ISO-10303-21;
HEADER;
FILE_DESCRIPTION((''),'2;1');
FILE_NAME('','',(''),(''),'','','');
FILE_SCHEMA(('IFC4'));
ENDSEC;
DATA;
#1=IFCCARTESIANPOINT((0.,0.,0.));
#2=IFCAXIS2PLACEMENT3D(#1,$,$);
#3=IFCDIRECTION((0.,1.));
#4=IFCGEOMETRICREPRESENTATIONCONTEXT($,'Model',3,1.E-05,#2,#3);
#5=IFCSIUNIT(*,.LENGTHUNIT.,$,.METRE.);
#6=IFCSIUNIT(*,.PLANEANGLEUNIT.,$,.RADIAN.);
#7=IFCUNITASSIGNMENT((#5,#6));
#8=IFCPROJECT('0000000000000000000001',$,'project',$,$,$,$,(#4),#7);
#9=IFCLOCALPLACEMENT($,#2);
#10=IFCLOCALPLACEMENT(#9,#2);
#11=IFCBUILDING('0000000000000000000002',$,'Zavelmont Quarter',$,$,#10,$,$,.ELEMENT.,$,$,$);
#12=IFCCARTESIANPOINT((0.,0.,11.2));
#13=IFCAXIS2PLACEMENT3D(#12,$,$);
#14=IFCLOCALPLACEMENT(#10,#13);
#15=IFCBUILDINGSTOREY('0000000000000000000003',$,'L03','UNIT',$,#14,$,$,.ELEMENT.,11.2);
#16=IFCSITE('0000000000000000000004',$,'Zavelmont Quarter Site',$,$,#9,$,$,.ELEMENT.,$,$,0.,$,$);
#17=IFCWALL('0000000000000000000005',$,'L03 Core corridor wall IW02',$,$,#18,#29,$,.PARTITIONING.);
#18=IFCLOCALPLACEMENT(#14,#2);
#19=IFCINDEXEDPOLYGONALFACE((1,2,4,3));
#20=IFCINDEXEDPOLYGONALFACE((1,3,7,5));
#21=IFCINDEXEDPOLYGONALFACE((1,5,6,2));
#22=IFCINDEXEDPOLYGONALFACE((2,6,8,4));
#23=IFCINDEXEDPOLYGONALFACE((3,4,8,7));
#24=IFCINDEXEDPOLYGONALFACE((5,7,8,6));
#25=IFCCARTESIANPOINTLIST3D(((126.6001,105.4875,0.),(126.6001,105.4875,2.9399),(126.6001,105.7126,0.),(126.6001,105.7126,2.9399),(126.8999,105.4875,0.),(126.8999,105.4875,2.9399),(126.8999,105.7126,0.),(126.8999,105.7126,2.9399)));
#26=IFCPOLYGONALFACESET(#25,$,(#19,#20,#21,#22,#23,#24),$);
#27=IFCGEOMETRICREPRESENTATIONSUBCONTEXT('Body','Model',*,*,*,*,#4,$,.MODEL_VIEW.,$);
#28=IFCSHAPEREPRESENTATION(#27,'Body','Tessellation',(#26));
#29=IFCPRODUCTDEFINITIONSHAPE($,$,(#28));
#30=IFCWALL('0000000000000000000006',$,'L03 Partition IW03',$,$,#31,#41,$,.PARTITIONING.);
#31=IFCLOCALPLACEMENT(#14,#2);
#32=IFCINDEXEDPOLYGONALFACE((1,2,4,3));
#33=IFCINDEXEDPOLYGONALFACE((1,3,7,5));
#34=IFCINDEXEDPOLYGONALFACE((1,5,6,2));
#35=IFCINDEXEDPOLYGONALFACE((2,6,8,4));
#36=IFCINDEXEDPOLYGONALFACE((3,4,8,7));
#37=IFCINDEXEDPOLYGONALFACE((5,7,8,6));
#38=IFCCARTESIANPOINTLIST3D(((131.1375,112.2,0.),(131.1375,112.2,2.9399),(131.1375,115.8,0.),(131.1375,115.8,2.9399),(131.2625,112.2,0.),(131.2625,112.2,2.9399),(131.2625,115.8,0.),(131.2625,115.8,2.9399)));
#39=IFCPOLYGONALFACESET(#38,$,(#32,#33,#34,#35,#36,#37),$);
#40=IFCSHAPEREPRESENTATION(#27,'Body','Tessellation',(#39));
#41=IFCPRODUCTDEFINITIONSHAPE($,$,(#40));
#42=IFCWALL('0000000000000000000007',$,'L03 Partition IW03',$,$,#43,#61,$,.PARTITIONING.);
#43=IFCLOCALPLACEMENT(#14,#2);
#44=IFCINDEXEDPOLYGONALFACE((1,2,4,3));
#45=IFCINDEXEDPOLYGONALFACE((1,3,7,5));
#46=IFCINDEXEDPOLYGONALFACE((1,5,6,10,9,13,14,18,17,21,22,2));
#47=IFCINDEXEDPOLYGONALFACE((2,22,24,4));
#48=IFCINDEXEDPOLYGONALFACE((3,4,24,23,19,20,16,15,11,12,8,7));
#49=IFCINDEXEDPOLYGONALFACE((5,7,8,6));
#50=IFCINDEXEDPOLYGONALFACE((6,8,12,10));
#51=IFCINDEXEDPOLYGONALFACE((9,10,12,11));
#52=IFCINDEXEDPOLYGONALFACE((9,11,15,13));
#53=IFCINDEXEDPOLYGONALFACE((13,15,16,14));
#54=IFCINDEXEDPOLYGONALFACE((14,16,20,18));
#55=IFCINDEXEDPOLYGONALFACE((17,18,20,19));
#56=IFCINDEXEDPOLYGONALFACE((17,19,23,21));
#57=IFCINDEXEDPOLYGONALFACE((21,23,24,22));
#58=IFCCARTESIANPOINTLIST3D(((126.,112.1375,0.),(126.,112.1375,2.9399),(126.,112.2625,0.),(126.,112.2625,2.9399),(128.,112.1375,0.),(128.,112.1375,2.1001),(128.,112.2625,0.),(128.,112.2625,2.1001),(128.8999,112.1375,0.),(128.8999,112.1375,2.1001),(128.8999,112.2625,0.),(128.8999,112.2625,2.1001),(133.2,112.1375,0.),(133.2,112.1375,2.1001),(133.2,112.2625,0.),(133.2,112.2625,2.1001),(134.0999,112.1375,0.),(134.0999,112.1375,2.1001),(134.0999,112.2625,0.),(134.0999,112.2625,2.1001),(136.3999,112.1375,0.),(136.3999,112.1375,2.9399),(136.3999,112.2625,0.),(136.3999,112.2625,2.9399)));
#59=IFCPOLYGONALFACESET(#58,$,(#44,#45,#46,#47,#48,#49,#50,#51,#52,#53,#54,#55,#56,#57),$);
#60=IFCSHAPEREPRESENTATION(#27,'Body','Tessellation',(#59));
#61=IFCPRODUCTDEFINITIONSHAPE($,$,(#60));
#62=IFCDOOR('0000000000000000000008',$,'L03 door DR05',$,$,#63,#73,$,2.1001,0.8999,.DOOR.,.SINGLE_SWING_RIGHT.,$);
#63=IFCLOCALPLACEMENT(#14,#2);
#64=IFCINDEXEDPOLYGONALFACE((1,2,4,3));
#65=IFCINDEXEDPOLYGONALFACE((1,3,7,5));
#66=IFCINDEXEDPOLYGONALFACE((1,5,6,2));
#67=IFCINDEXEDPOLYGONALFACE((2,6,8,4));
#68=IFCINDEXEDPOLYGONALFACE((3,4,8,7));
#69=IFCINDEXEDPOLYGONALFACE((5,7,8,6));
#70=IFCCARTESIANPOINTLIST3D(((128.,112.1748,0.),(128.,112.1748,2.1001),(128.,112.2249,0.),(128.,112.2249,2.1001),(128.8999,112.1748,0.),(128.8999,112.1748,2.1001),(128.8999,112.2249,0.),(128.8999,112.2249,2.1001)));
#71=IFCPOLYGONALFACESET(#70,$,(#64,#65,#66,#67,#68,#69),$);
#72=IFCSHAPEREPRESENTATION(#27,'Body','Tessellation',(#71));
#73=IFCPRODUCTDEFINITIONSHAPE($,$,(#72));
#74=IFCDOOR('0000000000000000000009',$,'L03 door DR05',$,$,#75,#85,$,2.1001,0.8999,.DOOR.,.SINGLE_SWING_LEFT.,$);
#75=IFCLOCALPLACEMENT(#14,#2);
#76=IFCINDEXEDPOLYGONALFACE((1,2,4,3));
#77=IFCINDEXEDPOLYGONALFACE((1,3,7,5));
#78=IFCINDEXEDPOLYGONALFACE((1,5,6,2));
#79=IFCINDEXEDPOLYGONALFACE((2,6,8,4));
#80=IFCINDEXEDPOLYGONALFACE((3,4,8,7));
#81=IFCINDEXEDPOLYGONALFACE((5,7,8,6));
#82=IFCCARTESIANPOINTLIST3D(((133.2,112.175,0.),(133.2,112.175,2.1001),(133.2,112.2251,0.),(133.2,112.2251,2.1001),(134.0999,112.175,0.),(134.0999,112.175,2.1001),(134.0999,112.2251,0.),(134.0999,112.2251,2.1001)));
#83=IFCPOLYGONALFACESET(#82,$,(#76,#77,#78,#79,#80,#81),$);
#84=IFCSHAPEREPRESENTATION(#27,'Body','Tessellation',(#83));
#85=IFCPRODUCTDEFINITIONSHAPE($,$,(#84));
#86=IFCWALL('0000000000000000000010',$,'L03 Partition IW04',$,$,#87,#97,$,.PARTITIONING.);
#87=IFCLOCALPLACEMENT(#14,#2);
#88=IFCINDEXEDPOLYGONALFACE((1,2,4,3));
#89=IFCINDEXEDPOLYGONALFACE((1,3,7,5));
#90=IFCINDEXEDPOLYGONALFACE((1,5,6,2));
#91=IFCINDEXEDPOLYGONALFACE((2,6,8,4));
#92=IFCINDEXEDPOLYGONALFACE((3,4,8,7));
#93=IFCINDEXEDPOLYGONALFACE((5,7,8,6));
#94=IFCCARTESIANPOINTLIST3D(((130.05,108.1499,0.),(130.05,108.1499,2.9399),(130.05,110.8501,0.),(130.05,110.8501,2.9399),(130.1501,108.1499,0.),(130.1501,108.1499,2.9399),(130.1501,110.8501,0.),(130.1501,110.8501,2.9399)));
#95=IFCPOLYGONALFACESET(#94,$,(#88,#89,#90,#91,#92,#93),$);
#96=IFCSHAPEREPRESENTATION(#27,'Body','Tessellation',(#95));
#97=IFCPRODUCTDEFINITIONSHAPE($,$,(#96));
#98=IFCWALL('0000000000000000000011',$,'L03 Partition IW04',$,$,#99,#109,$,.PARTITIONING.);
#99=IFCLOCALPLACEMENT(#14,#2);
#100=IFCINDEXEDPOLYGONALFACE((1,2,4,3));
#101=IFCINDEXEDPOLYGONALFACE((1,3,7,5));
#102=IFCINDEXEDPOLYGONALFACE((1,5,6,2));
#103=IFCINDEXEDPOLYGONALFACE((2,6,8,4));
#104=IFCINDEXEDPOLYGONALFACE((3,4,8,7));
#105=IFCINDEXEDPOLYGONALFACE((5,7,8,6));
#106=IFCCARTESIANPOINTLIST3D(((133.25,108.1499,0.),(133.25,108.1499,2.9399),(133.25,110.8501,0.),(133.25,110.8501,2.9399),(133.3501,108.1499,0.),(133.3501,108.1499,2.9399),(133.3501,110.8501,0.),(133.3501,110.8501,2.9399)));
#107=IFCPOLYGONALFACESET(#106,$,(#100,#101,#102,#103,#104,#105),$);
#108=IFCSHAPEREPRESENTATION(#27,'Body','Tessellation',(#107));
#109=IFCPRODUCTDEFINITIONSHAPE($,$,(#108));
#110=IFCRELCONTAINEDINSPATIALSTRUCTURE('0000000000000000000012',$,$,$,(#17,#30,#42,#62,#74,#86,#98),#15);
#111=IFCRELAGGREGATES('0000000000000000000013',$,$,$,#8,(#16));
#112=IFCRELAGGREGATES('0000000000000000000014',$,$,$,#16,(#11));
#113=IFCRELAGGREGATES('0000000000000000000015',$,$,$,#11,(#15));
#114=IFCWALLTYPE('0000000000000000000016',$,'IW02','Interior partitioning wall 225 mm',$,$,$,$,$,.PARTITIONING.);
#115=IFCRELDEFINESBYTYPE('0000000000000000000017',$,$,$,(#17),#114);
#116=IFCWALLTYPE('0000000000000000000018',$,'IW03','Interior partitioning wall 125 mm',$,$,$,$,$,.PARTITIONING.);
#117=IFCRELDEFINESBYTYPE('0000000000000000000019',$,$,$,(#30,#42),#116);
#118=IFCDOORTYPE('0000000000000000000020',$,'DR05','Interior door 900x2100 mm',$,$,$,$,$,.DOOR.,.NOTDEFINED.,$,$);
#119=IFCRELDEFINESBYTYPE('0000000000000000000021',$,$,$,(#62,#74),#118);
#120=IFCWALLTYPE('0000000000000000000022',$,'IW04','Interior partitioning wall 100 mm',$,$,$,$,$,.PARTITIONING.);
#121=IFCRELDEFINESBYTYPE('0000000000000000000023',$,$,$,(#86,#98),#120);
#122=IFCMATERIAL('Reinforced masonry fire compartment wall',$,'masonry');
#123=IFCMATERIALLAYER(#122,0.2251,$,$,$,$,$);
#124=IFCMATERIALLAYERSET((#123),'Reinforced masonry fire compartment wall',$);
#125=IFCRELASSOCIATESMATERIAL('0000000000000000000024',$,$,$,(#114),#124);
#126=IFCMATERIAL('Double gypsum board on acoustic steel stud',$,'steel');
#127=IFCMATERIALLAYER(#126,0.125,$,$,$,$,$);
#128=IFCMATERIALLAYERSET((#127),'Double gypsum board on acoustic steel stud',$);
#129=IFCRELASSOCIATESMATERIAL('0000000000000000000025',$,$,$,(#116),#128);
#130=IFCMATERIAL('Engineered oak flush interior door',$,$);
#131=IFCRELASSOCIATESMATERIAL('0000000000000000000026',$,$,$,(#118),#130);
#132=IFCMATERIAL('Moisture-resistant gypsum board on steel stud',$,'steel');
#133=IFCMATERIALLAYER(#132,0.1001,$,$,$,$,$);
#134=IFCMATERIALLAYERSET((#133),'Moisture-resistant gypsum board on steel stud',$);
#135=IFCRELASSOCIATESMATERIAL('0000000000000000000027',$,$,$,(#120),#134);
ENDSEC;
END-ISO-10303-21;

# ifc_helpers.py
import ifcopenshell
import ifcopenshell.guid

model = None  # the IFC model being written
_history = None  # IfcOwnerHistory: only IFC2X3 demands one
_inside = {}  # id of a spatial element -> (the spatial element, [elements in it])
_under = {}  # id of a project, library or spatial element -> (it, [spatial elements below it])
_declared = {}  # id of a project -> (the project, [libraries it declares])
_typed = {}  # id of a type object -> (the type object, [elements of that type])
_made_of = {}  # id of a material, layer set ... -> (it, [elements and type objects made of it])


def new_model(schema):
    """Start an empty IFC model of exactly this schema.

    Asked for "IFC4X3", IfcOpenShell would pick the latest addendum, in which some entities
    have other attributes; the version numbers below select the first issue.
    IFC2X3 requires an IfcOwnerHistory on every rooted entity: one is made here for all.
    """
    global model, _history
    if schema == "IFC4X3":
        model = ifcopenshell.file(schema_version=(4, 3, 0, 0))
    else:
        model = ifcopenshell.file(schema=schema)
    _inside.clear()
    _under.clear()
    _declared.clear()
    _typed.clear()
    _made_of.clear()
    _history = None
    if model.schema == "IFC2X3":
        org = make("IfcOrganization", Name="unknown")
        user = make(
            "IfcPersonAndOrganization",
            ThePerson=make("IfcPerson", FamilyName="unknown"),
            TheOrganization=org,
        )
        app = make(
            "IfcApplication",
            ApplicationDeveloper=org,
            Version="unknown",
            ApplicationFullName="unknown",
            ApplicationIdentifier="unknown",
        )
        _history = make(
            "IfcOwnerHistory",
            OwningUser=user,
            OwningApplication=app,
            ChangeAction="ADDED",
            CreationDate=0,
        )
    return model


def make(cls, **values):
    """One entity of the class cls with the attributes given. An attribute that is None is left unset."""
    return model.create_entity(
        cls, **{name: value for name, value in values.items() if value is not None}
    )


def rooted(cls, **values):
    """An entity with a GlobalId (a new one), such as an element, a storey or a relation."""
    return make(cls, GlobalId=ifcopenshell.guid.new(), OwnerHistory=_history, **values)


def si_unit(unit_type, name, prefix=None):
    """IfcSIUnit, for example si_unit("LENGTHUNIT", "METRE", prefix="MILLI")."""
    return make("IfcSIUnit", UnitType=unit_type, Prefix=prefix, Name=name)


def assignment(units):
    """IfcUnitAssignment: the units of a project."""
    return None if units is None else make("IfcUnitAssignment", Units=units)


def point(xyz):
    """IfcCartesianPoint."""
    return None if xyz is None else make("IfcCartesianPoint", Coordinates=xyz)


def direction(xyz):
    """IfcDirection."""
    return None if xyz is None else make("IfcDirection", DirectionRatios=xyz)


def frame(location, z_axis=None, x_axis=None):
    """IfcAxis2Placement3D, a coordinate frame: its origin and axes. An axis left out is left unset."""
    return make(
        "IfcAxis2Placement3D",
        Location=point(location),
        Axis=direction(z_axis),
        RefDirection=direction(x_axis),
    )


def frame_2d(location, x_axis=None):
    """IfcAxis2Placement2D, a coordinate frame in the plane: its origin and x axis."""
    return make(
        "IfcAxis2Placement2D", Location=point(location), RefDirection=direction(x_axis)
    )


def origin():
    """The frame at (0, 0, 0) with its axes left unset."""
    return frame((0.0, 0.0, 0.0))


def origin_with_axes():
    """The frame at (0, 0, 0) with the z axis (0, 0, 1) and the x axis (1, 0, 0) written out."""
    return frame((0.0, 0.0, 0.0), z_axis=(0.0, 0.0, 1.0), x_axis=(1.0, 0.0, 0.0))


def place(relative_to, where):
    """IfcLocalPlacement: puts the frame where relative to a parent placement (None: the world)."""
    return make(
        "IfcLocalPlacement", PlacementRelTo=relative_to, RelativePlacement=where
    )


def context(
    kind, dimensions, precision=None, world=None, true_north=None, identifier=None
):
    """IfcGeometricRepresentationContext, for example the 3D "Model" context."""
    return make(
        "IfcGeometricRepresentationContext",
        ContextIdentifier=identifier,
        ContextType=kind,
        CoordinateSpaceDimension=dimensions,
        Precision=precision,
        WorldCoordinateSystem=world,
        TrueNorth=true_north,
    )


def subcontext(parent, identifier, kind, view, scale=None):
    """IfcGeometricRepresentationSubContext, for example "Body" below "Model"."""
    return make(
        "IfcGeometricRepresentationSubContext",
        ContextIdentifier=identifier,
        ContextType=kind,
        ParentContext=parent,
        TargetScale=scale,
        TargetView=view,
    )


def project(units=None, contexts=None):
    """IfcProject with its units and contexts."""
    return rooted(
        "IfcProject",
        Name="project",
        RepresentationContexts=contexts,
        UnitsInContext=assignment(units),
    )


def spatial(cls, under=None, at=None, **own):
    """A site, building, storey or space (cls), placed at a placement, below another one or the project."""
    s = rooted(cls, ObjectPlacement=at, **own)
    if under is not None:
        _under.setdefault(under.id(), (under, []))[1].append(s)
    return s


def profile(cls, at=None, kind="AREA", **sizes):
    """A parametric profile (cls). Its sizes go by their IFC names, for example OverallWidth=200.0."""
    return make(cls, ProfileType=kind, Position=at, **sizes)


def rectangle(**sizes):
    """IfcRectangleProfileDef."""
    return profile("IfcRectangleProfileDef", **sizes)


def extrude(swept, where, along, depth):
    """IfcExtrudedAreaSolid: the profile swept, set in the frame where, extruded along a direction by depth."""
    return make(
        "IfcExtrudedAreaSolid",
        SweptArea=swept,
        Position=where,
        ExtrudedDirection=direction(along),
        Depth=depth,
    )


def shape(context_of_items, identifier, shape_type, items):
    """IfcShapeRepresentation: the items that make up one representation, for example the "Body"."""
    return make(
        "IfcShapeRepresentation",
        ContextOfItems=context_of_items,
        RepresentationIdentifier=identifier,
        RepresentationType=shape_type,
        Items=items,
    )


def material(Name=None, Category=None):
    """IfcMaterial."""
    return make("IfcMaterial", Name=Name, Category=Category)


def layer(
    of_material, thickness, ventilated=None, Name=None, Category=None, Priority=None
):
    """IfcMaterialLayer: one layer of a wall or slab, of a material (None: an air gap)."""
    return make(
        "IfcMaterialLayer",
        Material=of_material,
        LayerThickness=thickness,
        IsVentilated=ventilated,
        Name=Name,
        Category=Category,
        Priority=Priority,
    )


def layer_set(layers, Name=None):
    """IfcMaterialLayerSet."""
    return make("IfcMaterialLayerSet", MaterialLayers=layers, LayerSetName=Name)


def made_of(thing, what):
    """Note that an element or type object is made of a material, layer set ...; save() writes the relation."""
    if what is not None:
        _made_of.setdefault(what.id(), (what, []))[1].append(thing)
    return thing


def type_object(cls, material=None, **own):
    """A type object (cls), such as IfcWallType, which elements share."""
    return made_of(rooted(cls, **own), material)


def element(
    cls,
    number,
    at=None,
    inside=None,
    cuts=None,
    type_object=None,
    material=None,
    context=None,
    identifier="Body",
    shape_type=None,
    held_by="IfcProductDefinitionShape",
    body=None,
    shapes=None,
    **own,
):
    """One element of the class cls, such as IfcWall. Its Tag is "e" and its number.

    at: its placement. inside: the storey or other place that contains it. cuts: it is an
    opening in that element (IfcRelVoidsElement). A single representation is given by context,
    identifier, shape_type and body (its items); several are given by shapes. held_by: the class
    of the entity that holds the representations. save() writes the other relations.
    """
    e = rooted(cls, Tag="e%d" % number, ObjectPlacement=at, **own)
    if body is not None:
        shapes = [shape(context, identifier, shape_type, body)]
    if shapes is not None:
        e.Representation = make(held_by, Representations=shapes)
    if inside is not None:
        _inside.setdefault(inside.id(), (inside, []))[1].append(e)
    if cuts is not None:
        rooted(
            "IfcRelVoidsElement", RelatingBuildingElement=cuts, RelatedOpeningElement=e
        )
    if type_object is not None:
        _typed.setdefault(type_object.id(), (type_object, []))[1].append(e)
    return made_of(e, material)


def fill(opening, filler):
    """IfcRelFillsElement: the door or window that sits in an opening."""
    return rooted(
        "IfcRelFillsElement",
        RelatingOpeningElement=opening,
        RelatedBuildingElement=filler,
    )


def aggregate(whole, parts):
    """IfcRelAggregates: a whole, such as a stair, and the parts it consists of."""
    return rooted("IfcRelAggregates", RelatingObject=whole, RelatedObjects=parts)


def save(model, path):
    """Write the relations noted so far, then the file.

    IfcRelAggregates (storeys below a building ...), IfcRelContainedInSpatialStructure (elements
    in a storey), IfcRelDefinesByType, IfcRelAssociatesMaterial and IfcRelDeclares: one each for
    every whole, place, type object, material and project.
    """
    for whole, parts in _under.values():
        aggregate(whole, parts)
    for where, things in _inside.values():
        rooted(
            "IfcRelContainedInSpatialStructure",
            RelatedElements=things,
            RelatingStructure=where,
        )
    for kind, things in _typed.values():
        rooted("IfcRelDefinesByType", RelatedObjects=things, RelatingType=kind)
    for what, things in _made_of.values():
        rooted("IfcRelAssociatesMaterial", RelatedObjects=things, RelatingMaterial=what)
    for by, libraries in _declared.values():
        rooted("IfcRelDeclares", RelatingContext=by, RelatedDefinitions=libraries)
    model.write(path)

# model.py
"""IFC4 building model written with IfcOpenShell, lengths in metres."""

from ifc_helpers import new_model, si_unit, direction, frame, frame_2d, origin, origin_with_axes, place, context, subcontext, project, spatial, rectangle, extrude, material, layer, layer_set, type_object, element, fill, save


model = new_model("IFC4")

# Units and contexts
model_context = context("Model", 3, precision=1e-05, world=origin(), true_north=direction((0.0, 1.0)))
body_context = subcontext(model_context, "Body", "Model", "MODEL_VIEW")
ifc_project = project(units=[si_unit("LENGTHUNIT", "METRE"), si_unit("PLANEANGLEUNIT", "RADIAN")], contexts=[model_context])

# Site, building, storey
site_placement = place(None, origin())
site = spatial("IfcSite", under=ifc_project, at=site_placement, Name="Zavelmont Quarter Site", CompositionType="ELEMENT", RefElevation=0.0)
building_placement = place(site_placement, origin())
building = spatial("IfcBuilding", under=site, at=building_placement, Name="Zavelmont Quarter", CompositionType="ELEMENT")
storey_placement = place(building_placement, frame((0.0, 0.0, 11.2)))
storey = spatial("IfcBuildingStorey", under=building, at=storey_placement, Name="L03", Description="UNIT", CompositionType="ELEMENT", Elevation=11.2)

# Wall
ifc_material_1 = material(Name="Reinforced masonry fire compartment wall", Category="masonry")
ifc_layer_1 = layer(ifc_material_1, 0.2251)
ifc_layer_set_1 = layer_set([ifc_layer_1], Name="Reinforced masonry fire compartment wall")
wall_type_1 = type_object("IfcWallType", Name="IW02", Description="Interior partitioning wall 225 mm", PredefinedType="PARTITIONING", material=ifc_layer_set_1)
wall_1_placement = place(storey_placement, frame((126.6001, 105.6001, 0.0), z_axis=(0.0, 0.0, 1.0), x_axis=(1.0, 0.0, 0.0)))
element("IfcWall", 1, at=wall_1_placement, inside=storey, type_object=wall_type_1, Name="L03 Core corridor wall IW02", PredefinedType="PARTITIONING", context=body_context, shape_type="SweptSolid", body=[
    extrude(rectangle(XDim=0.2998, YDim=0.2251, at=frame_2d((0.1499, 0.0))), origin(), (0.0, 0.0, 1.0), 2.9399),
])

# Wall
ifc_material_2 = material(Name="Double gypsum board on acoustic steel stud", Category="steel")
ifc_layer_2 = layer(ifc_material_2, 0.125)
ifc_layer_set_2 = layer_set([ifc_layer_2], Name="Double gypsum board on acoustic steel stud")
wall_type_2 = type_object("IfcWallType", Name="IW03", Description="Interior partitioning wall 125 mm", PredefinedType="PARTITIONING", material=ifc_layer_set_2)
wall_2_placement = place(storey_placement, frame((131.2, 112.2, 0.0), z_axis=(0.0, 0.0, 1.0), x_axis=(0.0, 1.0, 0.0)))
element("IfcWall", 2, at=wall_2_placement, inside=storey, type_object=wall_type_2, Name="L03 Partition IW03", PredefinedType="PARTITIONING", context=body_context, shape_type="SweptSolid", body=[
    extrude(rectangle(XDim=3.6001, YDim=0.125, at=frame_2d((1.8, 0.0))), origin(), (0.0, 0.0, 1.0), 2.9399),
])

# Wall, openings, doors
wall_3_placement = place(storey_placement, frame((126.0, 112.2, 0.0), z_axis=(0.0, 0.0, 1.0), x_axis=(1.0, 0.0, 0.0)))
wall_3 = element("IfcWall", 3, at=wall_3_placement, inside=storey, type_object=wall_type_2, Name="L03 Partition IW03", PredefinedType="PARTITIONING", context=body_context, shape_type="SweptSolid", body=[
    extrude(rectangle(XDim=10.3999, YDim=0.125, at=frame_2d((5.2, 0.0))), origin(), (0.0, 0.0, 1.0), 2.9399),
])
opening_1_placement = place(wall_3_placement, frame((2.0, 0.0, 0.0)))
opening_1 = element("IfcOpeningElement", 4, at=opening_1_placement, cuts=wall_3, PredefinedType="OPENING", context=body_context, shape_type="SweptSolid", body=[
    extrude(rectangle(XDim=0.8999, YDim=2.1001, at=frame_2d((0.45, 1.05))), frame((0.0, 0.0745, 0.0), z_axis=(0.0, -1.0, 0.0), x_axis=(1.0, 0.0, 0.0)), (0.0, 0.0, 1.0), 0.1489),
])
opening_2_placement = place(wall_3_placement, frame((7.2, 0.0, 0.0)))
opening_2 = element("IfcOpeningElement", 5, at=opening_2_placement, cuts=wall_3, PredefinedType="OPENING", context=body_context, shape_type="SweptSolid", body=[
    extrude(rectangle(XDim=0.8999, YDim=2.1001, at=frame_2d((0.45, 1.05))), frame((0.0, 0.0745, 0.0), z_axis=(0.0, -1.0, 0.0), x_axis=(1.0, 0.0, 0.0)), (0.0, 0.0, 1.0), 0.1489),
])
ifc_material_3 = material(Name="Engineered oak flush interior door")
door_type_1 = type_object("IfcDoorType", Name="DR05", Description="Interior door 900x2100 mm", OperationType="NOTDEFINED", PredefinedType="DOOR", material=ifc_material_3)
door_1_placement = place(opening_1_placement, origin_with_axes())
door_1 = element("IfcDoor", 6, at=door_1_placement, inside=storey, type_object=door_type_1, Name="L03 door DR05", OperationType="SINGLE_SWING_RIGHT", OverallHeight=2.1001, OverallWidth=0.8999, PredefinedType="DOOR", context=body_context, shape_type="SweptSolid", body=[
    extrude(rectangle(XDim=0.8999, YDim=2.1001, at=frame_2d((0.45, 1.05))), frame((0.0, 0.0249, 0.0), z_axis=(0.0, -1.0, 0.0), x_axis=(1.0, 0.0, 0.0)), (0.0, 0.0, 1.0), 0.05),
])
fill(opening_1, door_1)
door_2_placement = place(opening_2_placement, frame((0.8999, 0.0, 0.0), z_axis=(0.0, 0.0, 1.0), x_axis=(-1.0, 0.0, 0.0)))
door_2 = element("IfcDoor", 7, at=door_2_placement, inside=storey, type_object=door_type_1, Name="L03 door DR05", OperationType="SINGLE_SWING_LEFT", OverallHeight=2.1001, OverallWidth=0.8999, PredefinedType="DOOR", context=body_context, shape_type="SweptSolid", body=[
    extrude(rectangle(XDim=0.8999, YDim=2.1001, at=frame_2d((0.45, 1.05))), frame((0.0, 0.0249, 0.0), z_axis=(0.0, -1.0, 0.0), x_axis=(1.0, 0.0, 0.0)), (0.0, 0.0, 1.0), 0.05),
])
fill(opening_2, door_2)

# Walls
ifc_material_4 = material(Name="Moisture-resistant gypsum board on steel stud", Category="steel")
ifc_layer_3 = layer(ifc_material_4, 0.1001)
ifc_layer_set_3 = layer_set([ifc_layer_3], Name="Moisture-resistant gypsum board on steel stud")
wall_type_3 = type_object("IfcWallType", Name="IW04", Description="Interior partitioning wall 100 mm", PredefinedType="PARTITIONING", material=ifc_layer_set_3)
for number, where, z_axis, x_axis, name in (
    (8, (130.1001, 108.1499, 0.0), (0.0, 0.0, 1.0), (0.0, 1.0, 0.0), "L03 Partition IW04"),
    (9, (133.3, 108.1499, 0.0), (0.0, 0.0, 1.0), (0.0, 1.0, 0.0), "L03 Partition IW04"),
):
    element("IfcWall", number, at=place(storey_placement, frame(where, z_axis=z_axis, x_axis=x_axis)), inside=storey, type_object=wall_type_3, Name=name, PredefinedType="PARTITIONING", context=body_context, shape_type="SweptSolid", body=[
        extrude(rectangle(XDim=2.7002, YDim=0.1001, at=frame_2d((1.3501, 0.0))), origin(), (0.0, 0.0, 1.0), 2.9399),
    ])

save(model, "model.ifc")
